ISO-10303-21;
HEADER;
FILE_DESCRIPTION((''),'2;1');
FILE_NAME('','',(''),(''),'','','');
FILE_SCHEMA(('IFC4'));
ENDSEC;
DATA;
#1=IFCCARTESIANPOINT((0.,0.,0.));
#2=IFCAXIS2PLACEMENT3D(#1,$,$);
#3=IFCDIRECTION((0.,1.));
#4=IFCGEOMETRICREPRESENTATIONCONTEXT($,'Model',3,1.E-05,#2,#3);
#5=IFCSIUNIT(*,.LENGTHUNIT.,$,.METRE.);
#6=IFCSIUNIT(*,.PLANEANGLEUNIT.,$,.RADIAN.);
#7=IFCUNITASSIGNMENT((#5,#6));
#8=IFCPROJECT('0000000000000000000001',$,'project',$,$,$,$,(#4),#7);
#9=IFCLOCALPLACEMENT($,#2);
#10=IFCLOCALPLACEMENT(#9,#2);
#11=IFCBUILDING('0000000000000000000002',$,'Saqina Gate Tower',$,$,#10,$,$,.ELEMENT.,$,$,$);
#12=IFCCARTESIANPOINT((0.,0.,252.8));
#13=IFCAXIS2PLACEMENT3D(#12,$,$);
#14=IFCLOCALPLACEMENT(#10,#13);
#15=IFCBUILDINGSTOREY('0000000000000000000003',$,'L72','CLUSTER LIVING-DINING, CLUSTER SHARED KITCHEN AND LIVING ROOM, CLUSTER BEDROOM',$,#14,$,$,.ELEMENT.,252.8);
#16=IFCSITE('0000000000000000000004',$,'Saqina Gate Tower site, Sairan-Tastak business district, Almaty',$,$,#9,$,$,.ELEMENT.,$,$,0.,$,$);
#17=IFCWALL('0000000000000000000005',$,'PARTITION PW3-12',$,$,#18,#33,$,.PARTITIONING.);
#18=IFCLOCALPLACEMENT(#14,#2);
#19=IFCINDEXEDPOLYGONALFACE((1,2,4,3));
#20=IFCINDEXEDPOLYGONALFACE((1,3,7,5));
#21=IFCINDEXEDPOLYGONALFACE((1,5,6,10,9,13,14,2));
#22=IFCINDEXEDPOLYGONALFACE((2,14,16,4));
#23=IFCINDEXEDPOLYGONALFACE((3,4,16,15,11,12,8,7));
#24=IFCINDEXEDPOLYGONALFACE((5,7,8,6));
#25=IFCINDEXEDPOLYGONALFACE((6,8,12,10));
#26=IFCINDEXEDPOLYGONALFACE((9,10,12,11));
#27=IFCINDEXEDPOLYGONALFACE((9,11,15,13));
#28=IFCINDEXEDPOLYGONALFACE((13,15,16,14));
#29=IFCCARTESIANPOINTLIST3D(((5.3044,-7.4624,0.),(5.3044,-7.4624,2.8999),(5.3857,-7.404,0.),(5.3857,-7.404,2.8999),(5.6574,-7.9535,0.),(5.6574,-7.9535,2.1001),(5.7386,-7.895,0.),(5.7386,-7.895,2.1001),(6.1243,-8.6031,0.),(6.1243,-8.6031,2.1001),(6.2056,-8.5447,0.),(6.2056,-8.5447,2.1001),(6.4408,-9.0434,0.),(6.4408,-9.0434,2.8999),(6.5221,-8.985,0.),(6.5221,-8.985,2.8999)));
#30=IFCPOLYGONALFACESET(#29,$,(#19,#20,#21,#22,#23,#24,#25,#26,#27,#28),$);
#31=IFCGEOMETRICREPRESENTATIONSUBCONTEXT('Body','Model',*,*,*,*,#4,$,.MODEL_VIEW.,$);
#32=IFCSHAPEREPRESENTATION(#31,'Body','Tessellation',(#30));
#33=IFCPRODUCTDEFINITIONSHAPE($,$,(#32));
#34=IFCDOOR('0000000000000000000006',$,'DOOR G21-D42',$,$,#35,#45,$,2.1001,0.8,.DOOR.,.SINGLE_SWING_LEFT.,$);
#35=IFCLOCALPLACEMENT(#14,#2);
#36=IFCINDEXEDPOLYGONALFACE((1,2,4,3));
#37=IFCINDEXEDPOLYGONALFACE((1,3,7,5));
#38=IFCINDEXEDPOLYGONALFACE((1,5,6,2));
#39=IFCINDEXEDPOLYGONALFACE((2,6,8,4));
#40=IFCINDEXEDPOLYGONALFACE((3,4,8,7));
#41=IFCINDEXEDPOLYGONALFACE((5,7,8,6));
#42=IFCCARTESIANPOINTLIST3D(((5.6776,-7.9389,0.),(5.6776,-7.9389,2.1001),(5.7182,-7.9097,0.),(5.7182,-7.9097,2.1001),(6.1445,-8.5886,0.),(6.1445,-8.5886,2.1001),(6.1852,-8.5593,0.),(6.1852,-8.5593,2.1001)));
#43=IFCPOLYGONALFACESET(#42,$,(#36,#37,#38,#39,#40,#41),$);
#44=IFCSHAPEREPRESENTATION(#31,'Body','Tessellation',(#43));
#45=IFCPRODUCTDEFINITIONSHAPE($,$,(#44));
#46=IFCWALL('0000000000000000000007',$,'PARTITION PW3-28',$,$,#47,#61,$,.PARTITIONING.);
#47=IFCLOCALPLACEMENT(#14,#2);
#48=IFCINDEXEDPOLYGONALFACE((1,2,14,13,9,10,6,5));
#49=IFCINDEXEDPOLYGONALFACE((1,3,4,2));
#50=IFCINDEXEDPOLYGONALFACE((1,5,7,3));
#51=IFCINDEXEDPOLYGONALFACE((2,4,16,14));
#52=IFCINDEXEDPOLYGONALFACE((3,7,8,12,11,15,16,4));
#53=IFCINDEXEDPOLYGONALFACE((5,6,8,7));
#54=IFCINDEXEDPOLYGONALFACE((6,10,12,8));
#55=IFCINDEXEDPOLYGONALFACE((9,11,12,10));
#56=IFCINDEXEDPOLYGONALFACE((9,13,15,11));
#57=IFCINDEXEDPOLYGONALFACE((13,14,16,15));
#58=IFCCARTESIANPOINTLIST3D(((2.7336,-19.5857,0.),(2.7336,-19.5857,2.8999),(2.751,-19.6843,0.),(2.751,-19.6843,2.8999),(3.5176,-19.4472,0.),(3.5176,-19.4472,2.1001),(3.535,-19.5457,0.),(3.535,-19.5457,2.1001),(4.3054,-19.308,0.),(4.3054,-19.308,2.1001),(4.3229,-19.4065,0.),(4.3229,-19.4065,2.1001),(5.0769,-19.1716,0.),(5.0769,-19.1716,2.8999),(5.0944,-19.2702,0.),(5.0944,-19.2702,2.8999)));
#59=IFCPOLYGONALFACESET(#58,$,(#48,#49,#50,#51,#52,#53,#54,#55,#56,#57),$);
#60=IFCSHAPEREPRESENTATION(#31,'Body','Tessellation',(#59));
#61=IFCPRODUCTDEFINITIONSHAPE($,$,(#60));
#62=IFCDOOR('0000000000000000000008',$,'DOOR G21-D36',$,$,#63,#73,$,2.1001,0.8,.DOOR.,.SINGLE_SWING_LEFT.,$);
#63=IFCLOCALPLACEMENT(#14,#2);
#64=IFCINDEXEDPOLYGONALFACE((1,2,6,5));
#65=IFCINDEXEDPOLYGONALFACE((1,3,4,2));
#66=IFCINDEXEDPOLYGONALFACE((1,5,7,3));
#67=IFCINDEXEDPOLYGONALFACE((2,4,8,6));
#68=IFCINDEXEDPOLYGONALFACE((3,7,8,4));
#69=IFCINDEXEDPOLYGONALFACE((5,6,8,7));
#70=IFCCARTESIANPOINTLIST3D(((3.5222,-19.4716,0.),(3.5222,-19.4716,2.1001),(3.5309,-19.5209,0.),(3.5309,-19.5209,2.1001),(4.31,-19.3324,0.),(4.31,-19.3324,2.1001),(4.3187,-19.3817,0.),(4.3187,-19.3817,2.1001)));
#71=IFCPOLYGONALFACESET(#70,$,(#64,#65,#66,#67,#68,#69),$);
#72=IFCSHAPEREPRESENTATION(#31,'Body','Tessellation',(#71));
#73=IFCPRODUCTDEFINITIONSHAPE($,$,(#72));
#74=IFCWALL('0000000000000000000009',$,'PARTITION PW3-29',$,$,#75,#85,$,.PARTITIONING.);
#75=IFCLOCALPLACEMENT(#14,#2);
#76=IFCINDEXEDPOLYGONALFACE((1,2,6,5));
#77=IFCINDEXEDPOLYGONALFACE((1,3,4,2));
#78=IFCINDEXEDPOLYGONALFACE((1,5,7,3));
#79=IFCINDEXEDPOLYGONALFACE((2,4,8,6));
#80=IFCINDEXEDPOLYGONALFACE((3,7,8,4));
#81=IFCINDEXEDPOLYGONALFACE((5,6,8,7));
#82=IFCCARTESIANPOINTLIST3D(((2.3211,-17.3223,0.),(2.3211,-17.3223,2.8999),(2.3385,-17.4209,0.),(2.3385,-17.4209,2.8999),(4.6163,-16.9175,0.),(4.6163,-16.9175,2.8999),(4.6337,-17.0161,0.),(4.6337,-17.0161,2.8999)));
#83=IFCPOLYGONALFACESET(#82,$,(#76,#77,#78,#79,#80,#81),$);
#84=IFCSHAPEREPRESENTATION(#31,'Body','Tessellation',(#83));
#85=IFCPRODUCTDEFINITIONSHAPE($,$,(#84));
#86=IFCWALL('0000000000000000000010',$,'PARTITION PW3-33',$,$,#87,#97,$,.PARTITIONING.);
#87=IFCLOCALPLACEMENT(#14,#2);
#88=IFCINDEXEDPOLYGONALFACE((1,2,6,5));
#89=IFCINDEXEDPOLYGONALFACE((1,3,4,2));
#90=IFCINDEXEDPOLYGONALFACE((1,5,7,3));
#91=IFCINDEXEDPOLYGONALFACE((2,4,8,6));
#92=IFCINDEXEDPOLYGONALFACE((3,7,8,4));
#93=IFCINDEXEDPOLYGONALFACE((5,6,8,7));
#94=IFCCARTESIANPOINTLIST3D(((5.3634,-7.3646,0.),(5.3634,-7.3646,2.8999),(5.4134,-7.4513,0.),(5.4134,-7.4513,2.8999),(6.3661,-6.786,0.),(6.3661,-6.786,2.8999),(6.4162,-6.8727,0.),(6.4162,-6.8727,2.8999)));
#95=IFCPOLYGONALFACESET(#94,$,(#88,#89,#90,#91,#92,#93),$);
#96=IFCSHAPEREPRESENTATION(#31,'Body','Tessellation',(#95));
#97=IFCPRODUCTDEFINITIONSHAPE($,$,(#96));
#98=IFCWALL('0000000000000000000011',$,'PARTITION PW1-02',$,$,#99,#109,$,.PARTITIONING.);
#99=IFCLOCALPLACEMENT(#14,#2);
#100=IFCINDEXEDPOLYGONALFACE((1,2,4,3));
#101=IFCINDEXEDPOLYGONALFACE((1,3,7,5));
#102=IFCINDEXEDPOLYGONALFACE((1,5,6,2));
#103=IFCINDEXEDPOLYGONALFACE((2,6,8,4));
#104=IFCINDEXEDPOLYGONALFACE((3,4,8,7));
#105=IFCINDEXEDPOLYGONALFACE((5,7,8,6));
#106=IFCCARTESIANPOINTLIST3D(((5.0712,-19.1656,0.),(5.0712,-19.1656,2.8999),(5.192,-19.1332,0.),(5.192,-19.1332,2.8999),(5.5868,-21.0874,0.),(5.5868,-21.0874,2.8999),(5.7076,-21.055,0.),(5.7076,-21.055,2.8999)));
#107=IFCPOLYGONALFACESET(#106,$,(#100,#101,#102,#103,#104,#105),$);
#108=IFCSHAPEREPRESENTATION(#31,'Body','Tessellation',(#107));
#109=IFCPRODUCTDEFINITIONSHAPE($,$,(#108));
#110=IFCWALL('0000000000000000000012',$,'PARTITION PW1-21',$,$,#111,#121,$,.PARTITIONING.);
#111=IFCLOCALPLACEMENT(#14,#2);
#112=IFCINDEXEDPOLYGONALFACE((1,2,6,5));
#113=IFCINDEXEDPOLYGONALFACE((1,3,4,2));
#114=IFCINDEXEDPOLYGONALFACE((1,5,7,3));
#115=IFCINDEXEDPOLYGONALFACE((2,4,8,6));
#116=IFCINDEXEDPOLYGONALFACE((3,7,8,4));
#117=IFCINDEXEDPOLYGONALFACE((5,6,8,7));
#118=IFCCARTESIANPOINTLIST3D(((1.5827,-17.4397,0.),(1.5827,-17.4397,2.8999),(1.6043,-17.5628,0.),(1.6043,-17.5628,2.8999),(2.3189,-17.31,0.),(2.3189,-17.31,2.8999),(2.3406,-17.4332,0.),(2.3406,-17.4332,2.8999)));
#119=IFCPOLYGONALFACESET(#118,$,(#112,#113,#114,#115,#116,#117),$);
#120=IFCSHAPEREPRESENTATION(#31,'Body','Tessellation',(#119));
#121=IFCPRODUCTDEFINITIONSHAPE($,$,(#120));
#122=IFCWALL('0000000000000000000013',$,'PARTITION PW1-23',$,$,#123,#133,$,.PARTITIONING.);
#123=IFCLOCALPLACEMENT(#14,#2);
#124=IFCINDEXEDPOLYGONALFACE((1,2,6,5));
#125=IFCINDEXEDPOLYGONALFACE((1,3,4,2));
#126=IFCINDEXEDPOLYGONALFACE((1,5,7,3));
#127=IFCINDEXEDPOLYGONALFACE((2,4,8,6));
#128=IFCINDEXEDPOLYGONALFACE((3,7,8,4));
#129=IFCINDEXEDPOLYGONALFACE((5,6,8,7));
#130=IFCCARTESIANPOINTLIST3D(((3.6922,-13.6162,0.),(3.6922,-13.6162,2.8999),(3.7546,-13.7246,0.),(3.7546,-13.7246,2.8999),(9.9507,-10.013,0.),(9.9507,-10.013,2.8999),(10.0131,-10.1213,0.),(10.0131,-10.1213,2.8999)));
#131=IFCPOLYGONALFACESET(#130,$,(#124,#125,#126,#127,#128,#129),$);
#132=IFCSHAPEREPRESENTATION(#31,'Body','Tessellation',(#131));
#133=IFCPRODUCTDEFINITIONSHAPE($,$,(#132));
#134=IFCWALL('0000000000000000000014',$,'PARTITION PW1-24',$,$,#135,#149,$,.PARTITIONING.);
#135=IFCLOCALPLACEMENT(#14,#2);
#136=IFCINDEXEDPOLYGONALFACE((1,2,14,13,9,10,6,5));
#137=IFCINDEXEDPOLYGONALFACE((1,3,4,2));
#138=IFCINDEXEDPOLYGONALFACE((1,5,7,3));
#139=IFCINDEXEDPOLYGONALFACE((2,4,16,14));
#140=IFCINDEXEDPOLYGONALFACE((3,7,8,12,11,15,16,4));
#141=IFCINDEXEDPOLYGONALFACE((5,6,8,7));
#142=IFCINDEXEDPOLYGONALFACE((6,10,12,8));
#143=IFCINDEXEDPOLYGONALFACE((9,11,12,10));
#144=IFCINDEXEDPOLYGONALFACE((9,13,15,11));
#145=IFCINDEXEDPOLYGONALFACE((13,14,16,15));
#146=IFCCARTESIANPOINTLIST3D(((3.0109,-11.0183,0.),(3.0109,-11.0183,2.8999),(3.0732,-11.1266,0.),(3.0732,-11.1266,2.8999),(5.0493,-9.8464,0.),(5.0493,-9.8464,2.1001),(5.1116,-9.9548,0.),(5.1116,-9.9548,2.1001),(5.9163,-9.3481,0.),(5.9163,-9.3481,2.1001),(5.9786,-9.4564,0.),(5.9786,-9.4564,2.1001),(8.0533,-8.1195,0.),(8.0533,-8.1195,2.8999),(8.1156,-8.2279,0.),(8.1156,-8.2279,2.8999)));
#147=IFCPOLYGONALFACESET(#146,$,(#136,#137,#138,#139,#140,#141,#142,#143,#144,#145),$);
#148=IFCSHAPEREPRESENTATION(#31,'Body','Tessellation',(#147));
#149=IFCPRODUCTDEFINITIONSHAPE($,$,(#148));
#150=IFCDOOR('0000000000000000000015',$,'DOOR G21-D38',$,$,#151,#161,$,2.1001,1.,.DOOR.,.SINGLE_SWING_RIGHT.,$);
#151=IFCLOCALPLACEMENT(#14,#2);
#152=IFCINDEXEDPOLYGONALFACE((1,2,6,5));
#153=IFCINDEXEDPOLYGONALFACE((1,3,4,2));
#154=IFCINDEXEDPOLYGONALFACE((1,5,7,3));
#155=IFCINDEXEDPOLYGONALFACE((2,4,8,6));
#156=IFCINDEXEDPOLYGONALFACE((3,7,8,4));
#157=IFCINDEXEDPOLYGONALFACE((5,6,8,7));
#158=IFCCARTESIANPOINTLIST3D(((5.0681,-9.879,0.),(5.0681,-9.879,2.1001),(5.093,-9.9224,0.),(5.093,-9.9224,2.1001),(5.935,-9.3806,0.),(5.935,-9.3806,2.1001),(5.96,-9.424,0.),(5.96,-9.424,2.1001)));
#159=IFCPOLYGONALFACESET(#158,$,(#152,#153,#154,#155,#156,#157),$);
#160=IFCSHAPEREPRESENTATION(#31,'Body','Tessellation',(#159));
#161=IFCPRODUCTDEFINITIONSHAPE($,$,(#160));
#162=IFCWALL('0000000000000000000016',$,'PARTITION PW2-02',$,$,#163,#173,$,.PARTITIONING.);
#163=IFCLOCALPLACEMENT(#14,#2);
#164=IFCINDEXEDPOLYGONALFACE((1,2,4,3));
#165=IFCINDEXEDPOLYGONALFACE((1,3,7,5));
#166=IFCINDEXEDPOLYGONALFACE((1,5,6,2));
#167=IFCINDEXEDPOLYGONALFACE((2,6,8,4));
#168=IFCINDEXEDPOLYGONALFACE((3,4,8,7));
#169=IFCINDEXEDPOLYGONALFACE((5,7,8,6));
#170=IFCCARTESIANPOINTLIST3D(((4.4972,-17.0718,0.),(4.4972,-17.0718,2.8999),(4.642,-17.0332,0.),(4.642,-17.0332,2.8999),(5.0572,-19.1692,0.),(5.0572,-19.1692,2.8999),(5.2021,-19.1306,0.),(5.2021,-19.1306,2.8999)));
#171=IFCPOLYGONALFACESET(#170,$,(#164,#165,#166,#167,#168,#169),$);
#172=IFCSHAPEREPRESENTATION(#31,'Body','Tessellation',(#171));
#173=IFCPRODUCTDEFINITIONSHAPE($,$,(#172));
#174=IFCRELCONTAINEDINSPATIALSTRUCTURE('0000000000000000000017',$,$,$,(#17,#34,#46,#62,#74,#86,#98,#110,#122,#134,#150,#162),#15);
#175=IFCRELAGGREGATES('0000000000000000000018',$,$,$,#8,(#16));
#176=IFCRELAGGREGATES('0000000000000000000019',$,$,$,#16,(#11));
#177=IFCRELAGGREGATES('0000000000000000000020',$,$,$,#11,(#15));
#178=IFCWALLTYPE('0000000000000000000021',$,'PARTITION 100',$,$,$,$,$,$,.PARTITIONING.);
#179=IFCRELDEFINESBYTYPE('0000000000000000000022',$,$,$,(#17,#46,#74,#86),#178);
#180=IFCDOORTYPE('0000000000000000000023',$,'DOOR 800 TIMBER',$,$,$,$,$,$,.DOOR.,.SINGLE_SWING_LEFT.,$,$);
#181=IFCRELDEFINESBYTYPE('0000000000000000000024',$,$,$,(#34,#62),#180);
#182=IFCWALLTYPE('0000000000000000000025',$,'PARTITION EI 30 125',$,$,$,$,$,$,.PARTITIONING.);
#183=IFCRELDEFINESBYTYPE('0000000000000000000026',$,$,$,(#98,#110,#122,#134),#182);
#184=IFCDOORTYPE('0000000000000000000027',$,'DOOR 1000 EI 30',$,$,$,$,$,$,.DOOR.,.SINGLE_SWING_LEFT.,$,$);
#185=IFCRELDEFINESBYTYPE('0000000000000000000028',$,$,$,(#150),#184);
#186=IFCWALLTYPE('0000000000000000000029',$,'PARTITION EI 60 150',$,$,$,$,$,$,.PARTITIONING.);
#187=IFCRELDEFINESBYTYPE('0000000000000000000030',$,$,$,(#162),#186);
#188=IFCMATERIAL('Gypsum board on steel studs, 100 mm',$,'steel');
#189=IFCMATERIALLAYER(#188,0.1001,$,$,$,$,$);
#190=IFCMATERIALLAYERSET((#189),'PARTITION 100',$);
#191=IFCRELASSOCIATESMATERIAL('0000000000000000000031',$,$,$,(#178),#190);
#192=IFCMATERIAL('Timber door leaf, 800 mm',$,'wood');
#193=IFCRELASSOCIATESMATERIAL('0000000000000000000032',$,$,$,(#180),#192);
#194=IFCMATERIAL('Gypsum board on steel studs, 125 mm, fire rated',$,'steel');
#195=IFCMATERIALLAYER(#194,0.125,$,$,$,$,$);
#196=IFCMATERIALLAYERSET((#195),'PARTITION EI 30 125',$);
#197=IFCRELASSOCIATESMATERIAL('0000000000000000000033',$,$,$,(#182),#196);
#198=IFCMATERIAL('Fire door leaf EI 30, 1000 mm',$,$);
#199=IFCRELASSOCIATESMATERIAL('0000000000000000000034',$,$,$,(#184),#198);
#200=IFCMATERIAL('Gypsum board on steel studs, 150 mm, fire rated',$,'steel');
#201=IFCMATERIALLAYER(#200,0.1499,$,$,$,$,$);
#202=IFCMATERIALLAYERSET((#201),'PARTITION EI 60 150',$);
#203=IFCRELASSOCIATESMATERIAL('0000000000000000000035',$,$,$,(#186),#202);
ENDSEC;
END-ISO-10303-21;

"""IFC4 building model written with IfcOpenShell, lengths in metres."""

from ifc_helpers import new_model, si_unit, direction, frame, frame_2d, origin, place, context, subcontext, project, spatial, rectangle, extrude, material, layer, layer_set, type_object, element, fill, save


model = new_model("IFC4")

# Units and contexts
model_context = context("Model", 3, precision=1e-05, world=origin(), true_north=direction((0.0, 1.0)))
body_context = subcontext(model_context, "Body", "Model", "MODEL_VIEW")
ifc_project = project(units=[si_unit("LENGTHUNIT", "METRE"), si_unit("PLANEANGLEUNIT", "RADIAN")], contexts=[model_context])

# Site, building, storey
site_placement = place(None, origin())
site = spatial("IfcSite", under=ifc_project, at=site_placement, Name="Saqina Gate Tower site, Sairan-Tastak business district, Almaty", CompositionType="ELEMENT", RefElevation=0.0)
building_placement = place(site_placement, origin())
building = spatial("IfcBuilding", under=site, at=building_placement, Name="Saqina Gate Tower", CompositionType="ELEMENT")
storey_placement = place(building_placement, frame((0.0, 0.0, 252.8)))
storey = spatial("IfcBuildingStorey", under=building, at=storey_placement, Name="L72", Description="CLUSTER LIVING-DINING, CLUSTER SHARED KITCHEN AND LIVING ROOM, CLUSTER BEDROOM", CompositionType="ELEMENT", Elevation=252.8)

# Shared definitions
ifc_material_1 = material(Name="Gypsum board on steel studs, 100 mm", Category="steel")
ifc_layer_1 = layer(ifc_material_1, 0.1001)
ifc_layer_set_1 = layer_set([ifc_layer_1], Name="PARTITION 100")
wall_type_1 = type_object("IfcWallType", Name="PARTITION 100", PredefinedType="PARTITIONING", material=ifc_layer_set_1)

# Walls, openings, doors
wall_1_placement = place(storey_placement, frame((5.345, -7.4331, 0.0), z_axis=(0.0, 0.0, 1.0), x_axis=(0.583667, -0.811993, 0.0)))
wall_1 = element("IfcWall", 1, at=wall_1_placement, inside=storey, type_object=wall_type_1, Name="PARTITION PW3-12", PredefinedType="PARTITIONING", context=body_context, shape_type="SweptSolid", body=[
    extrude(rectangle(XDim=1.947, YDim=0.1001, at=frame_2d((0.9736, 0.0))), origin(), (0.0, 0.0, 1.0), 2.8999),
])
opening_1_placement = place(wall_1_placement, frame((0.605, 0.0, 0.0)))
opening_1 = element("IfcOpeningElement", 2, at=opening_1_placement, cuts=wall_1, PredefinedType="OPENING", context=body_context, shape_type="SweptSolid", body=[
    extrude(rectangle(XDim=0.8, YDim=2.1001, at=frame_2d((0.3999, 1.05))), frame((0.0, 0.062, 0.0), z_axis=(0.0, -1.0, 0.0), x_axis=(1.0, 0.0, 0.0)), (0.0, 0.0, 1.0), 0.124),
])
ifc_material_2 = material(Name="Timber door leaf, 800 mm", Category="wood")
door_type_1 = type_object("IfcDoorType", Name="DOOR 800 TIMBER", OperationType="SINGLE_SWING_LEFT", PredefinedType="DOOR", material=ifc_material_2)
door_1_placement = place(opening_1_placement, origin())
door_1 = element("IfcDoor", 3, at=door_1_placement, inside=storey, type_object=door_type_1, Name="DOOR G21-D42", OperationType="SINGLE_SWING_LEFT", OverallHeight=2.1001, OverallWidth=0.8, PredefinedType="DOOR", context=body_context, shape_type="SweptSolid", body=[
    extrude(rectangle(XDim=0.8, YDim=2.1001, at=frame_2d((0.3999, 1.05))), frame((0.0, 0.0249, 0.0), z_axis=(0.0, -1.0, 0.0), x_axis=(1.0, 0.0, 0.0)), (0.0, 0.0, 1.0), 0.05),
])
fill(opening_1, door_1)
wall_2_placement = place(storey_placement, frame((2.7422, -19.635, 0.0), z_axis=(0.0, 0.0, 1.0), x_axis=(0.984744, 0.174008, 0.0)))
wall_2 = element("IfcWall", 4, at=wall_2_placement, inside=storey, type_object=wall_type_1, Name="PARTITION PW3-28", PredefinedType="PARTITIONING", context=body_context, shape_type="SweptSolid", body=[
    extrude(rectangle(XDim=2.3796, YDim=0.1001, at=frame_2d((1.1899, 0.0))), origin(), (0.0, 0.0, 1.0), 2.8999),
])
opening_2_placement = place(wall_2_placement, frame((0.7964, 0.0, 0.0)))
opening_2 = element("IfcOpeningElement", 5, at=opening_2_placement, cuts=wall_2, PredefinedType="OPENING", context=body_context, shape_type="SweptSolid", body=[
    extrude(rectangle(XDim=0.8, YDim=2.1001, at=frame_2d((0.3999, 1.05))), frame((0.0, 0.062, 0.0), z_axis=(0.0, -1.0, 0.0), x_axis=(1.0, 0.0, 0.0)), (0.0, 0.0, 1.0), 0.124),
])
door_2_placement = place(opening_2_placement, frame((0.8, 0.0, 0.0), z_axis=(0.0, 0.0, 1.0), x_axis=(-1.0, 0.0, 0.0)))
door_2 = element("IfcDoor", 6, at=door_2_placement, inside=storey, type_object=door_type_1, Name="DOOR G21-D36", OperationType="SINGLE_SWING_LEFT", OverallHeight=2.1001, OverallWidth=0.8, PredefinedType="DOOR", context=body_context, shape_type="SweptSolid", body=[
    extrude(rectangle(XDim=0.8, YDim=2.1001, at=frame_2d((0.3999, 1.05))), frame((0.0, 0.0249, 0.0), z_axis=(0.0, -1.0, 0.0), x_axis=(1.0, 0.0, 0.0)), (0.0, 0.0, 1.0), 0.05),
])
fill(opening_2, door_2)

# Walls
wall_3_placement = place(storey_placement, frame((2.3298, -17.3716, 0.0), z_axis=(0.0, 0.0, 1.0), x_axis=(0.984801, 0.173684, 0.0)))
element("IfcWall", 7, at=wall_3_placement, inside=storey, type_object=wall_type_1, Name="PARTITION PW3-29", PredefinedType="PARTITIONING", context=body_context, shape_type="SweptSolid", body=[
    extrude(rectangle(XDim=2.3306, YDim=0.1001, at=frame_2d((1.1653, 0.0))), origin(), (0.0, 0.0, 1.0), 2.8999),
])
wall_4_placement = place(storey_placement, frame((5.3884, -7.408, 0.0), z_axis=(0.0, 0.0, 1.0), x_axis=(0.866133, 0.499814, 0.0)))
element("IfcWall", 8, at=wall_4_placement, inside=storey, type_object=wall_type_1, Name="PARTITION PW3-33", PredefinedType="PARTITIONING", context=body_context, shape_type="SweptSolid", body=[
    extrude(rectangle(XDim=1.1577, YDim=0.1001, at=frame_2d((0.5789, 0.0))), origin(), (0.0, 0.0, 1.0), 2.8999),
])
ifc_material_3 = material(Name="Gypsum board on steel studs, 125 mm, fire rated", Category="steel")
ifc_layer_2 = layer(ifc_material_3, 0.125)
ifc_layer_set_2 = layer_set([ifc_layer_2], Name="PARTITION EI 30 125")
wall_type_2 = type_object("IfcWallType", Name="PARTITION EI 30 125", PredefinedType="PARTITIONING", material=ifc_layer_set_2)
wall_5_placement = place(storey_placement, frame((5.1316, -19.1494, 0.0), z_axis=(0.0, 0.0, 1.0), x_axis=(0.259129, -0.965843, 0.0)))
element("IfcWall", 9, at=wall_5_placement, inside=storey, type_object=wall_type_2, Name="PARTITION PW1-02", PredefinedType="PARTITIONING", context=body_context, shape_type="SweptSolid", body=[
    extrude(rectangle(XDim=1.9897, YDim=0.125, at=frame_2d((0.9949, 0.0))), origin(), (0.0, 0.0, 1.0), 2.8999),
])
wall_6_placement = place(storey_placement, frame((1.5935, -17.5012, 0.0), z_axis=(0.0, 0.0, 1.0), x_axis=(0.984853, 0.173394, 0.0)))
element("IfcWall", 10, at=wall_6_placement, inside=storey, type_object=wall_type_2, Name="PARTITION PW1-21", PredefinedType="PARTITIONING", context=body_context, shape_type="SweptSolid", body=[
    extrude(rectangle(XDim=0.7476, YDim=0.125, at=frame_2d((0.3738, 0.0))), origin(), (0.0, 0.0, 1.0), 2.8999),
])
wall_7_placement = place(storey_placement, frame((3.7234, -13.6704, 0.0), z_axis=(0.0, 0.0, 1.0), x_axis=(0.86663, 0.498951, 0.0)))
element("IfcWall", 11, at=wall_7_placement, inside=storey, type_object=wall_type_2, Name="PARTITION PW1-23", PredefinedType="PARTITIONING", context=body_context, shape_type="SweptSolid", body=[
    extrude(rectangle(XDim=7.2217, YDim=0.125, at=frame_2d((3.6108, 0.0))), origin(), (0.0, 0.0, 1.0), 2.8999),
])

# Wall, opening, door
wall_8_placement = place(storey_placement, frame((3.042, -11.0725, 0.0), z_axis=(0.0, 0.0, 1.0), x_axis=(0.866951, 0.498393, 0.0)))
wall_8 = element("IfcWall", 12, at=wall_8_placement, inside=storey, type_object=wall_type_2, Name="PARTITION PW1-24", PredefinedType="PARTITIONING", context=body_context, shape_type="SweptSolid", body=[
    extrude(rectangle(XDim=5.8162, YDim=0.125, at=frame_2d((2.9082, 0.0))), origin(), (0.0, 0.0, 1.0), 2.8999),
])
opening_3_placement = place(wall_8_placement, frame((2.3513, 0.0, 0.0)))
opening_3 = element("IfcOpeningElement", 13, at=opening_3_placement, cuts=wall_8, PredefinedType="OPENING", context=body_context, shape_type="SweptSolid", body=[
    extrude(rectangle(XDim=1.0, YDim=2.1001, at=frame_2d((0.5, 1.05))), frame((0.0, 0.0745, 0.0), z_axis=(0.0, -1.0, 0.0), x_axis=(1.0, 0.0, 0.0)), (0.0, 0.0, 1.0), 0.1489),
])
ifc_material_4 = material(Name="Fire door leaf EI 30, 1000 mm")
door_type_2 = type_object("IfcDoorType", Name="DOOR 1000 EI 30", OperationType="SINGLE_SWING_LEFT", PredefinedType="DOOR", material=ifc_material_4)
door_3_placement = place(opening_3_placement, origin())
door_3 = element("IfcDoor", 14, at=door_3_placement, inside=storey, type_object=door_type_2, Name="DOOR G21-D38", OperationType="SINGLE_SWING_RIGHT", OverallHeight=2.1001, OverallWidth=1.0, PredefinedType="DOOR", context=body_context, shape_type="SweptSolid", body=[
    extrude(rectangle(XDim=1.0, YDim=2.1001, at=frame_2d((0.5, 1.05))), frame((0.0, 0.0249, 0.0), z_axis=(0.0, -1.0, 0.0), x_axis=(1.0, 0.0, 0.0)), (0.0, 0.0, 1.0), 0.05),
])
fill(opening_3, door_3)

# Wall
ifc_material_5 = material(Name="Gypsum board on steel studs, 150 mm, fire rated", Category="steel")
ifc_layer_3 = layer(ifc_material_5, 0.1499)
ifc_layer_set_3 = layer_set([ifc_layer_3], Name="PARTITION EI 60 150")
wall_type_3 = type_object("IfcWallType", Name="PARTITION EI 60 150", PredefinedType="PARTITIONING", material=ifc_layer_set_3)
wall_9_placement = place(storey_placement, frame((4.5696, -17.0525, 0.0), z_axis=(0.0, 0.0, 1.0), x_axis=(0.257985, -0.966149, 0.0)))
element("IfcWall", 15, at=wall_9_placement, inside=storey, type_object=wall_type_3, Name="PARTITION PW2-02", PredefinedType="PARTITIONING", context=body_context, shape_type="SweptSolid", body=[
    extrude(rectangle(XDim=2.1709, YDim=0.1499, at=frame_2d((1.0854, 0.0))), origin(), (0.0, 0.0, 1.0), 2.8999),
])

save(model, "model.ifc")
